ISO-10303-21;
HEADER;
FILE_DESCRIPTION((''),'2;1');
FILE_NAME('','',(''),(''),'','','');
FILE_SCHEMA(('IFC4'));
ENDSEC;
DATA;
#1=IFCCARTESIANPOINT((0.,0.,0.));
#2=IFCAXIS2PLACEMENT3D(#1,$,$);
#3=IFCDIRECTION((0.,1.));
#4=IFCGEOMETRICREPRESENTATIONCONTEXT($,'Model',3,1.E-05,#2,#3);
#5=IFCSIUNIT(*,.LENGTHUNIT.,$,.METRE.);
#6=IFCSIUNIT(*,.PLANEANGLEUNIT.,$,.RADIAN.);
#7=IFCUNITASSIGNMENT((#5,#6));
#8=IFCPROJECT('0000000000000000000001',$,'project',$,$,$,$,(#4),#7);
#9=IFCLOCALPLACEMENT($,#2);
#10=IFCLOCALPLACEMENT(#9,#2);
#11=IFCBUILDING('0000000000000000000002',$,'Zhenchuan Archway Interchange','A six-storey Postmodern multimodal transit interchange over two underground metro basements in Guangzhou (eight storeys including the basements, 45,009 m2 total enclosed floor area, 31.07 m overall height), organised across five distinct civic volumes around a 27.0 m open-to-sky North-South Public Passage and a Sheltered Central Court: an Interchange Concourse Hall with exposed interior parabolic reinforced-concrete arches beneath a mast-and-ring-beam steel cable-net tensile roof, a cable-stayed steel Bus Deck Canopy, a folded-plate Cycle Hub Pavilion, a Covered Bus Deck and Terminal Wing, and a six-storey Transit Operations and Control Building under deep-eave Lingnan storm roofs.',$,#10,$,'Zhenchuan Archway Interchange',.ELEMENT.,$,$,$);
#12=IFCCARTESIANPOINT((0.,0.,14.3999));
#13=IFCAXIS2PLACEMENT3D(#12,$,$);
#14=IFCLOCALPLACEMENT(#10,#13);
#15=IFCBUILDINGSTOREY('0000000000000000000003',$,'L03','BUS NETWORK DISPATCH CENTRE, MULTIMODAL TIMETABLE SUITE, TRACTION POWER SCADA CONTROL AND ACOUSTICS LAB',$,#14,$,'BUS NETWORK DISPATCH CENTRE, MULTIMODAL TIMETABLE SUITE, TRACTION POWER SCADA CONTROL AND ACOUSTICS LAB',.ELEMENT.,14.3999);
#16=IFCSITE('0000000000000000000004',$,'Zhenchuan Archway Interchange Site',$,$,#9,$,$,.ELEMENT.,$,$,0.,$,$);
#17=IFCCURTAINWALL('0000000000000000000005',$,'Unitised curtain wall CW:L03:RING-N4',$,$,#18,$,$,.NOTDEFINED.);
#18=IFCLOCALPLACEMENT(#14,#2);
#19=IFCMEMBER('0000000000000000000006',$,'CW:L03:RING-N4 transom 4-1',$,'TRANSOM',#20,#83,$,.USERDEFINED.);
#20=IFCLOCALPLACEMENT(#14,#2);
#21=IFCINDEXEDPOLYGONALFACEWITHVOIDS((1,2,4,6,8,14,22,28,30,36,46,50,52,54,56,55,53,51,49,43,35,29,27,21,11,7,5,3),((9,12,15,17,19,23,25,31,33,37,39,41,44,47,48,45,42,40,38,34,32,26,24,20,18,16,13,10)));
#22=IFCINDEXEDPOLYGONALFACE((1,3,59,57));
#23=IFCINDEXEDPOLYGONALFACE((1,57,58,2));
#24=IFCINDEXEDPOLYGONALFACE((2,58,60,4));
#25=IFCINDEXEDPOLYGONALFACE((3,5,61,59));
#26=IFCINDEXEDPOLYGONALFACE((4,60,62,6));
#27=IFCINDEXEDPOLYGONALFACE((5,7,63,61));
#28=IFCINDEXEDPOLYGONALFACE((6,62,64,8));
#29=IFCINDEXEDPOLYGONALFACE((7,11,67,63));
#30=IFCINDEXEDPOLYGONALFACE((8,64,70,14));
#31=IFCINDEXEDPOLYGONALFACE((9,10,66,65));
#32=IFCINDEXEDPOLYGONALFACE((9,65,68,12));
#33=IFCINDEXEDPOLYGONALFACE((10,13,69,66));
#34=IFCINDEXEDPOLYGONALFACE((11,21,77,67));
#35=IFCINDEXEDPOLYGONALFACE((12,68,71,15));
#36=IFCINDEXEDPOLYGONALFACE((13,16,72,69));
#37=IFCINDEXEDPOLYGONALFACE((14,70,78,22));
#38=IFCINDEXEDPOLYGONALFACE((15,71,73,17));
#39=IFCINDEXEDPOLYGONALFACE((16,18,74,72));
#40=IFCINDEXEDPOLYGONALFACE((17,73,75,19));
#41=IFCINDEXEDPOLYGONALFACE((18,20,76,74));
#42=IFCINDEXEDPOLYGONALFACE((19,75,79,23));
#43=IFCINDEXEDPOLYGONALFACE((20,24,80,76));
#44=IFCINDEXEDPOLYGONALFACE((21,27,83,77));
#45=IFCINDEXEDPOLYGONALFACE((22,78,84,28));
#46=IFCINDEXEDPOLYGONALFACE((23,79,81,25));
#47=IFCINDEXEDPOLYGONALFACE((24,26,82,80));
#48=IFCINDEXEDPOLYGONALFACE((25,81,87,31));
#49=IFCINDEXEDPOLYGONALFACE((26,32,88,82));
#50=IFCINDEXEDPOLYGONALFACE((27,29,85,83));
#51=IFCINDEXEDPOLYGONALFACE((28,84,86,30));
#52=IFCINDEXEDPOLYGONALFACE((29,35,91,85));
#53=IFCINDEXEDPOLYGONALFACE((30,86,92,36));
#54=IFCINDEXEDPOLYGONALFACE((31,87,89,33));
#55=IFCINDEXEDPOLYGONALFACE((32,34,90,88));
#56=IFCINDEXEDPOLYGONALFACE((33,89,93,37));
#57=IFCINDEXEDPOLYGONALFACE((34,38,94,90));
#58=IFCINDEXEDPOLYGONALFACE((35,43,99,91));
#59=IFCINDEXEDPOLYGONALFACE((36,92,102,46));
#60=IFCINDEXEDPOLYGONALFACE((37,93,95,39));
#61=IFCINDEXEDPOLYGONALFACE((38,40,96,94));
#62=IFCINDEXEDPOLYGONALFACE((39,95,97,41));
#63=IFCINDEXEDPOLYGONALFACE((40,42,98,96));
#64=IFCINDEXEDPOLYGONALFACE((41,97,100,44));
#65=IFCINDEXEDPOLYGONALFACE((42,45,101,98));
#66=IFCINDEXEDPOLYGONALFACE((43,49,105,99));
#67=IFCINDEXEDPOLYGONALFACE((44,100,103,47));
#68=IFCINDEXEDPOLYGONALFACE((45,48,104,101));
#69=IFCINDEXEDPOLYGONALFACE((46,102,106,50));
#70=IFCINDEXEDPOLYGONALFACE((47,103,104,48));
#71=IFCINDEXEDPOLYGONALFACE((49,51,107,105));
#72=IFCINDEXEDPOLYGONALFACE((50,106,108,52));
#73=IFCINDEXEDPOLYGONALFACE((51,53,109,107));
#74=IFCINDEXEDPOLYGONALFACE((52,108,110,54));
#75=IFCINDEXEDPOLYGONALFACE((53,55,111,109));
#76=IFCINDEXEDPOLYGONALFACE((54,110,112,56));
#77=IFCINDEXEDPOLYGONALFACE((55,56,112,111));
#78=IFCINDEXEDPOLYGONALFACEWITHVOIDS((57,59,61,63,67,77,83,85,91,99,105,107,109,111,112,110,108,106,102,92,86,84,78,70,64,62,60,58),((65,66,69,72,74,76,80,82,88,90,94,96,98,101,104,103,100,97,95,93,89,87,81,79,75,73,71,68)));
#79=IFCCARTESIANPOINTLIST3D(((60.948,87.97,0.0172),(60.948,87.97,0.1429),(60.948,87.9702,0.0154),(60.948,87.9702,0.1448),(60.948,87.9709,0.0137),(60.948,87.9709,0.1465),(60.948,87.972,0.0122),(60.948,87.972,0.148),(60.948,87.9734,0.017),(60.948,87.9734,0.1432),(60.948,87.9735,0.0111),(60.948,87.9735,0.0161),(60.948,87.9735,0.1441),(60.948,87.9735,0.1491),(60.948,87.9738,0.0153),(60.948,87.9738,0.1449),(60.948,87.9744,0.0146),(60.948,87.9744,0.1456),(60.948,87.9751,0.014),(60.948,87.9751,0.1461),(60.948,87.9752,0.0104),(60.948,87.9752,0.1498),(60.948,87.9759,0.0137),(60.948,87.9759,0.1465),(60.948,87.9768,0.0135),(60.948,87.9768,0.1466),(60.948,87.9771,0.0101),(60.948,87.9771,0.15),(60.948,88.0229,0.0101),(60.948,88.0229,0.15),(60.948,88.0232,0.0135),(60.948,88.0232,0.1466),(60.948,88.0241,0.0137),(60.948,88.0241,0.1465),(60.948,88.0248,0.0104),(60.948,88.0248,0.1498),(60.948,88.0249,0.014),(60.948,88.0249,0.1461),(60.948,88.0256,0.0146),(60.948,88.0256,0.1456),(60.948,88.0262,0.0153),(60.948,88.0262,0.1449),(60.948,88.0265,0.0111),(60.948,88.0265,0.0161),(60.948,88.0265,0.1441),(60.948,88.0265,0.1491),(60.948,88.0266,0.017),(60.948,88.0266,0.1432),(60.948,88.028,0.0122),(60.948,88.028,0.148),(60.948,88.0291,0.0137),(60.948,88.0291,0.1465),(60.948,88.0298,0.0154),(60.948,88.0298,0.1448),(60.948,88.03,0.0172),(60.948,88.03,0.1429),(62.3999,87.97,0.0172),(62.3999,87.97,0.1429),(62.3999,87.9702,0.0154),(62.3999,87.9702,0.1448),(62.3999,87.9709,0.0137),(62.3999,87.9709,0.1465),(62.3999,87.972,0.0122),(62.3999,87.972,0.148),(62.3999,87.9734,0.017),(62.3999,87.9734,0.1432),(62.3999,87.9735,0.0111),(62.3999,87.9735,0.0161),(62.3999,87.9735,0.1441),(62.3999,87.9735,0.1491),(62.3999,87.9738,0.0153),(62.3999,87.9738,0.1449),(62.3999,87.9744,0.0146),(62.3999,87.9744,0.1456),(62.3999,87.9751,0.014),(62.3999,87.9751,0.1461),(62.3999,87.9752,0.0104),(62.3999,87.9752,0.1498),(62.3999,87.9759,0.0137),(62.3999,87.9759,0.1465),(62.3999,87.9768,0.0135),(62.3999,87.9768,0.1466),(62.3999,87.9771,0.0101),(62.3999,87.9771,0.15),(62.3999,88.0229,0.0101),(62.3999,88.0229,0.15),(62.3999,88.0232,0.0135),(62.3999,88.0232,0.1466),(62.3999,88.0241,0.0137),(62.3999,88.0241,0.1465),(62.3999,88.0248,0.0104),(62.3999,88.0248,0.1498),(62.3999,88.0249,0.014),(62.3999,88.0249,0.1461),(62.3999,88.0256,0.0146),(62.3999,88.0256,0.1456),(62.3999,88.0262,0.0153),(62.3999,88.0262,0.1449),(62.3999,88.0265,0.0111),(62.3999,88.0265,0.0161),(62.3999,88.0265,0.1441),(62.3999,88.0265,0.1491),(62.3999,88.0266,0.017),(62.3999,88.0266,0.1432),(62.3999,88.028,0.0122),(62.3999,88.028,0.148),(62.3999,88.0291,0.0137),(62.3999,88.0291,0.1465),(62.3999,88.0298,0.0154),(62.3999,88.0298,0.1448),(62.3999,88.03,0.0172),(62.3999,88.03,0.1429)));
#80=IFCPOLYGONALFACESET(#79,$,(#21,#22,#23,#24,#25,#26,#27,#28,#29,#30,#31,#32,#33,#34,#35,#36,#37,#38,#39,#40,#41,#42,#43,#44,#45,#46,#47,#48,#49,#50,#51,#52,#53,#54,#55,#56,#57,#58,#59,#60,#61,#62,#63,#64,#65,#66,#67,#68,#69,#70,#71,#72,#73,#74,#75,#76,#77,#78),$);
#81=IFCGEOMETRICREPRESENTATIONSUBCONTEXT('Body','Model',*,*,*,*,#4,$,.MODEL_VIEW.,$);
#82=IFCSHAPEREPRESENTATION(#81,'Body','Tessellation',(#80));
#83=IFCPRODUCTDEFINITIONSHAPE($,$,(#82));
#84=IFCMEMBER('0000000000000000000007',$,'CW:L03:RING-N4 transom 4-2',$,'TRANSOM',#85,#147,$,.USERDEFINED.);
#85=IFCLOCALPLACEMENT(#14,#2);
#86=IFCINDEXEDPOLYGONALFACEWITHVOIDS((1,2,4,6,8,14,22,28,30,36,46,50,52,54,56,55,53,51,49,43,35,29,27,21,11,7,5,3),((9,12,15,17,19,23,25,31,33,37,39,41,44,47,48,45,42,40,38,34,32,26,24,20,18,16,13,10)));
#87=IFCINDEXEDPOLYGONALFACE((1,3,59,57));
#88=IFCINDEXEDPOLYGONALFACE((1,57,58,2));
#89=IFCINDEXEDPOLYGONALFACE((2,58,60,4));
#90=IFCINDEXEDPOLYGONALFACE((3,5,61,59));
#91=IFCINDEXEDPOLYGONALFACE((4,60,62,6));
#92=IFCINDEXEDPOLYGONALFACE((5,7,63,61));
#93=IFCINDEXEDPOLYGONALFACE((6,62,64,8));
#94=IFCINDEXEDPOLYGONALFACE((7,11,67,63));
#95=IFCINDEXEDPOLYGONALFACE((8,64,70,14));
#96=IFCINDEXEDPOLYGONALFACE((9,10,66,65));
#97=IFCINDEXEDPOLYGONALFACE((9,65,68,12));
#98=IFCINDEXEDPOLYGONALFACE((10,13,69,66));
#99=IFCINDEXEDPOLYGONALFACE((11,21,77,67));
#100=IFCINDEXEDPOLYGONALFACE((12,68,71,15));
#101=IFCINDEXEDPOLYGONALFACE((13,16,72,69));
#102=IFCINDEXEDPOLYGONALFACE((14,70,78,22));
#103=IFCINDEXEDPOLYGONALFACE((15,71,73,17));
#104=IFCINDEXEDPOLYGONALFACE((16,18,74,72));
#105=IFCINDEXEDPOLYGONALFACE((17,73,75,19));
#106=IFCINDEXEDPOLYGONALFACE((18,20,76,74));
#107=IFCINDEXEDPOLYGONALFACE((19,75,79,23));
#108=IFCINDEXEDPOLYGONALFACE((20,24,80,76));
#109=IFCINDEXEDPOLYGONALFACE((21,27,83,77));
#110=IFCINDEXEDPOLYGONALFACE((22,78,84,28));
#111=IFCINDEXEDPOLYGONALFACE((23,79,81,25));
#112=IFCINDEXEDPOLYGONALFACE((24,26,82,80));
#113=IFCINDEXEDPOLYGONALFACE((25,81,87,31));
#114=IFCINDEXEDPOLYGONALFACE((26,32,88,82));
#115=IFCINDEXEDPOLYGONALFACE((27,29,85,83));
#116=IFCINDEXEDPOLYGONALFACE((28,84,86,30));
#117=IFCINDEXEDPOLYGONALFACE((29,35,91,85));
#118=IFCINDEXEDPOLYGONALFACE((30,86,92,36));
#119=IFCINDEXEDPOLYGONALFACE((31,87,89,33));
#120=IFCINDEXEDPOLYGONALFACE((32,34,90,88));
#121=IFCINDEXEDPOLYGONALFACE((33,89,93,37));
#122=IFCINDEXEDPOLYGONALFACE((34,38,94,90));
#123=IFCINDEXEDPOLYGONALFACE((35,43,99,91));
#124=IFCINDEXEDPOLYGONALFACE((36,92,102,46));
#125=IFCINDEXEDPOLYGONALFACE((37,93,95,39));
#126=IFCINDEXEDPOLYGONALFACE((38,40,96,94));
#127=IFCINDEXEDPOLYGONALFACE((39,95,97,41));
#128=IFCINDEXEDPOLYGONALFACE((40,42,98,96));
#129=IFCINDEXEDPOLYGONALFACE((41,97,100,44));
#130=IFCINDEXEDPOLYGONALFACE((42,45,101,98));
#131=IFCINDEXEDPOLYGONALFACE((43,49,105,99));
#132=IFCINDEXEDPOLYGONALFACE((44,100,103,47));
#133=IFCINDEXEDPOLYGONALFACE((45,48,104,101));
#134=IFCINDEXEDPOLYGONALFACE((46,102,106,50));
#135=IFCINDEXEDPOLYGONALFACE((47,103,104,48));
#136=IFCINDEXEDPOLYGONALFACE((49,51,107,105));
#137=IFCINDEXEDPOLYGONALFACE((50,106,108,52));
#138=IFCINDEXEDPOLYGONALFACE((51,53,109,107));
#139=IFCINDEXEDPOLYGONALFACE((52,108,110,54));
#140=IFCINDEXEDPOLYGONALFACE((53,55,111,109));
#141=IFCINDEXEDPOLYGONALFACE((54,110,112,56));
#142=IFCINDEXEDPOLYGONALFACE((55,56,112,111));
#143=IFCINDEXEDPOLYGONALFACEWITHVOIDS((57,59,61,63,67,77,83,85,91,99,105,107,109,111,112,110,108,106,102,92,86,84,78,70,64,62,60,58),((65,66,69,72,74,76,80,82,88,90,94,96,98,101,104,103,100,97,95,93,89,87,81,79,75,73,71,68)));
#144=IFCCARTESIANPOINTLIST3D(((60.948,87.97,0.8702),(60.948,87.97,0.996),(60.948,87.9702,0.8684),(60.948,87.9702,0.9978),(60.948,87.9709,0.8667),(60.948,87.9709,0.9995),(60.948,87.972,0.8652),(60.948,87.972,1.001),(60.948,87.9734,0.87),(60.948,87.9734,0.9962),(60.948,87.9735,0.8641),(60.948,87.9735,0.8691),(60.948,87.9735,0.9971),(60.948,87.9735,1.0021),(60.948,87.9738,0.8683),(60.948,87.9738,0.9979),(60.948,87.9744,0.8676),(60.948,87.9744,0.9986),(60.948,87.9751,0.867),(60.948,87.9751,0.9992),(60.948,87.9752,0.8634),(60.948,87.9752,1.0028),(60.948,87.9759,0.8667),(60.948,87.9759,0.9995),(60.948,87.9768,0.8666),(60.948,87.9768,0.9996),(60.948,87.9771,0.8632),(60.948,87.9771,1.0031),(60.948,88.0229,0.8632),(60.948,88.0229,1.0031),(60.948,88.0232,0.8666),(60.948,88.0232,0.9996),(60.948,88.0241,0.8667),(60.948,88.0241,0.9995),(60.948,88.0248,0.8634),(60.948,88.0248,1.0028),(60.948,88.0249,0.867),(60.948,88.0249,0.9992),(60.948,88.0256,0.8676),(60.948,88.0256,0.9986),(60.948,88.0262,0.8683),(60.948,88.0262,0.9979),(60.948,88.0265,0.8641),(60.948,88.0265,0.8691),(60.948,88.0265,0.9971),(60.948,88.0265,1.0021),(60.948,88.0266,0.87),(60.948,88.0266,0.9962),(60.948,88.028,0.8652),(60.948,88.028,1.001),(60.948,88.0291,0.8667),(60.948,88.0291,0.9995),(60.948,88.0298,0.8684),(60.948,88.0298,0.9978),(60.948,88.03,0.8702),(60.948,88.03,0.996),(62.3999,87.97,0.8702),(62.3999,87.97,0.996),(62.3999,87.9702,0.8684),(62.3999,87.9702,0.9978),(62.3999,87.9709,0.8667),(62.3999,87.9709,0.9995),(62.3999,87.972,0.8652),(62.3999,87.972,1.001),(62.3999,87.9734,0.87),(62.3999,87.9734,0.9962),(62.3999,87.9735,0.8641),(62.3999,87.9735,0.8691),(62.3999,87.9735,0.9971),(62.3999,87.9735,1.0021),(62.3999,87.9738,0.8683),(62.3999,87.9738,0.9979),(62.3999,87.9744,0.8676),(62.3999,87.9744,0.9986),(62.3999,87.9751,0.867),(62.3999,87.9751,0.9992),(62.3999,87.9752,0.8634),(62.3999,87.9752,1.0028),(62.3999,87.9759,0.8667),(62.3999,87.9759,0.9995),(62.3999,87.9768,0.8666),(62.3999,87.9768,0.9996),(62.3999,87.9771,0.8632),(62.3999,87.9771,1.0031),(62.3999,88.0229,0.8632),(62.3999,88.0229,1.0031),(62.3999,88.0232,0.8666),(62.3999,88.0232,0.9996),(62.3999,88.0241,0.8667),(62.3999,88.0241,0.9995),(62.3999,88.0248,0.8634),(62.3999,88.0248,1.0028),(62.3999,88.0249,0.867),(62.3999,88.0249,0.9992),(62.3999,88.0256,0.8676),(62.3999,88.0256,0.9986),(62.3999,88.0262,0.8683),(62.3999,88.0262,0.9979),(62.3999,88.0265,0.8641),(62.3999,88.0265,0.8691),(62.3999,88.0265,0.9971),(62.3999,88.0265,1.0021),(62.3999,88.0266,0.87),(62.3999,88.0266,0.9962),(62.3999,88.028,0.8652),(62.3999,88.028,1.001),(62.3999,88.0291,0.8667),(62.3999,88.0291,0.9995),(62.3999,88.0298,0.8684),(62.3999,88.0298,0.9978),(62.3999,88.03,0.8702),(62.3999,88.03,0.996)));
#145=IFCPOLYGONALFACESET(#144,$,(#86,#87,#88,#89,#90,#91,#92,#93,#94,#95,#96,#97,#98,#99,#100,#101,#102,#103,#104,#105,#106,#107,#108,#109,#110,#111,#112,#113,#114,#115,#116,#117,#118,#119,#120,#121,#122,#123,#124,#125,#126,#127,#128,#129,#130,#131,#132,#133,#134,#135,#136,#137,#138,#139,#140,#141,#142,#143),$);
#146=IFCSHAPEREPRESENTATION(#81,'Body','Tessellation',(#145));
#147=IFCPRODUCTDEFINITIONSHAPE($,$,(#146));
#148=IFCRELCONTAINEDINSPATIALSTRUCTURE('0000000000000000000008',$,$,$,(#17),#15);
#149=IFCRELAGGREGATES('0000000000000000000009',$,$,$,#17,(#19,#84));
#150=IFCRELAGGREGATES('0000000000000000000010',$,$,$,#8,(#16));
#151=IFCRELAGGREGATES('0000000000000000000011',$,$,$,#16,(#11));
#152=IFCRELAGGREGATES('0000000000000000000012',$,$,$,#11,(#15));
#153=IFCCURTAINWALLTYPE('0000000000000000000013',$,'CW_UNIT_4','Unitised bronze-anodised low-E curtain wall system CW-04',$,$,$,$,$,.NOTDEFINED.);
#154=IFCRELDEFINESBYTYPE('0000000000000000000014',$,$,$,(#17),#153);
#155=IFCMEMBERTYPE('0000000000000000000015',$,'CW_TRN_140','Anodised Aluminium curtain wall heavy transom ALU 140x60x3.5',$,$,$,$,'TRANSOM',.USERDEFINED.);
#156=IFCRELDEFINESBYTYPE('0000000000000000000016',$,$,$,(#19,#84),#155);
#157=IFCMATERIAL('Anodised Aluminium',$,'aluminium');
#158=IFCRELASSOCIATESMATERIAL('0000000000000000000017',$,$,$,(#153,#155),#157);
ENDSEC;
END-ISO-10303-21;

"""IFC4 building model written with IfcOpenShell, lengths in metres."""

from ifc_helpers import new_model, si_unit, direction, frame, origin, origin_2d, place, context, subcontext, project, spatial, hollow_rectangle, extrude, material, material_profile, profile_set, type_object, element, aggregate, save


model = new_model("IFC4")

# Units and contexts
model_context = context("Model", 3, precision=1e-05, world=origin(), true_north=direction((0.0, 1.0)))
body_context = subcontext(model_context, "Body", "Model", "MODEL_VIEW")
ifc_project = project(units=[si_unit("LENGTHUNIT", "METRE"), si_unit("PLANEANGLEUNIT", "RADIAN")], contexts=[model_context])

# Site, building, storey
site_placement = place(None, origin())
site = spatial("IfcSite", under=ifc_project, at=site_placement, Name="Zhenchuan Archway Interchange Site", CompositionType="ELEMENT", RefElevation=0.0)
building_placement = place(site_placement, origin())
building = spatial("IfcBuilding", under=site, at=building_placement, Name="Zhenchuan Archway Interchange", Description="A six-storey Postmodern multimodal transit interchange over two underground metro basements in Guangzhou (eight storeys including the basements, 45,009 m2 total enclosed floor area, 31.07 m overall height), organised across five distinct civic volumes around a 27.0 m open-to-sky North-South Public Passage and a Sheltered Central Court: an Interchange Concourse Hall with exposed interior parabolic reinforced-concrete arches beneath a mast-and-ring-beam steel cable-net tensile roof, a cable-stayed steel Bus Deck Canopy, a folded-plate Cycle Hub Pavilion, a Covered Bus Deck and Terminal Wing, and a six-storey Transit Operations and Control Building under deep-eave Lingnan storm roofs.", LongName="Zhenchuan Archway Interchange", CompositionType="ELEMENT")
storey_placement = place(building_placement, frame((0.0, 0.0, 14.3999)))
storey = spatial("IfcBuildingStorey", under=building, at=storey_placement, Name="L03", Description="BUS NETWORK DISPATCH CENTRE, MULTIMODAL TIMETABLE SUITE, TRACTION POWER SCADA CONTROL AND ACOUSTICS LAB", LongName="BUS NETWORK DISPATCH CENTRE, MULTIMODAL TIMETABLE SUITE, TRACTION POWER SCADA CONTROL AND ACOUSTICS LAB", CompositionType="ELEMENT", Elevation=14.3999)

# Curtain wall
ifc_material_1 = material(Name="Anodised Aluminium", Category="aluminium")
curtain_wall_type = type_object("IfcCurtainWallType", Name="CW_UNIT_4", Description="Unitised bronze-anodised low-E curtain wall system CW-04", PredefinedType="NOTDEFINED", material=ifc_material_1)
curtain_wall_1_placement = place(storey_placement, origin())
curtain_wall_1 = element("IfcCurtainWall", 1, at=curtain_wall_1_placement, inside=storey, type_object=curtain_wall_type, Name="Unitised curtain wall CW:L03:RING-N4", PredefinedType="NOTDEFINED")

# Members
ifc_material_profile_1 = material_profile(ifc_material_1, hollow_rectangle(XDim=0.0601, YDim=0.1399, WallThickness=0.0034, InnerFilletRadius=0.0034, OuterFilletRadius=0.0071, at=origin_2d()), Name="ALU 140x60x3.5")
ifc_profile_set_1 = profile_set([ifc_material_profile_1], Name="Anodised Aluminium")
member_type_1 = type_object("IfcMemberType", Name="CW_TRN_140", Description="Anodised Aluminium curtain wall heavy transom ALU 140x60x3.5", ElementType="TRANSOM", PredefinedType="USERDEFINED", material=ifc_profile_set_1)
member_1_placement = place(storey_placement, frame((60.948, 88.0, 0.0801), z_axis=(1.0, 0.0, 0.0), x_axis=(0.0, 1.0, 0.0)))
member_1 = element("IfcMember", 2, at=member_1_placement, type_object=member_type_1, Name="CW:L03:RING-N4 transom 4-1", ObjectType="TRANSOM", PredefinedType="USERDEFINED", context=body_context, shape_type="SweptSolid", body=[
    extrude(hollow_rectangle(XDim=0.0601, YDim=0.1399, WallThickness=0.0034, InnerFilletRadius=0.0034, OuterFilletRadius=0.0071, at=origin_2d()), origin(), (0.0, 0.0, 1.0), 1.4519),
])
member_2_placement = place(storey_placement, frame((60.948, 88.0, 0.9331), z_axis=(1.0, 0.0, 0.0), x_axis=(0.0, 1.0, 0.0)))
member_2 = element("IfcMember", 3, at=member_2_placement, type_object=member_type_1, Name="CW:L03:RING-N4 transom 4-2", ObjectType="TRANSOM", PredefinedType="USERDEFINED", context=body_context, shape_type="SweptSolid", body=[
    extrude(hollow_rectangle(XDim=0.0601, YDim=0.1399, WallThickness=0.0034, InnerFilletRadius=0.0034, OuterFilletRadius=0.0071, at=origin_2d()), origin(), (0.0, 0.0, 1.0), 1.4519),
])

aggregate(curtain_wall_1, [member_1, member_2])

save(model, "model.ifc")
